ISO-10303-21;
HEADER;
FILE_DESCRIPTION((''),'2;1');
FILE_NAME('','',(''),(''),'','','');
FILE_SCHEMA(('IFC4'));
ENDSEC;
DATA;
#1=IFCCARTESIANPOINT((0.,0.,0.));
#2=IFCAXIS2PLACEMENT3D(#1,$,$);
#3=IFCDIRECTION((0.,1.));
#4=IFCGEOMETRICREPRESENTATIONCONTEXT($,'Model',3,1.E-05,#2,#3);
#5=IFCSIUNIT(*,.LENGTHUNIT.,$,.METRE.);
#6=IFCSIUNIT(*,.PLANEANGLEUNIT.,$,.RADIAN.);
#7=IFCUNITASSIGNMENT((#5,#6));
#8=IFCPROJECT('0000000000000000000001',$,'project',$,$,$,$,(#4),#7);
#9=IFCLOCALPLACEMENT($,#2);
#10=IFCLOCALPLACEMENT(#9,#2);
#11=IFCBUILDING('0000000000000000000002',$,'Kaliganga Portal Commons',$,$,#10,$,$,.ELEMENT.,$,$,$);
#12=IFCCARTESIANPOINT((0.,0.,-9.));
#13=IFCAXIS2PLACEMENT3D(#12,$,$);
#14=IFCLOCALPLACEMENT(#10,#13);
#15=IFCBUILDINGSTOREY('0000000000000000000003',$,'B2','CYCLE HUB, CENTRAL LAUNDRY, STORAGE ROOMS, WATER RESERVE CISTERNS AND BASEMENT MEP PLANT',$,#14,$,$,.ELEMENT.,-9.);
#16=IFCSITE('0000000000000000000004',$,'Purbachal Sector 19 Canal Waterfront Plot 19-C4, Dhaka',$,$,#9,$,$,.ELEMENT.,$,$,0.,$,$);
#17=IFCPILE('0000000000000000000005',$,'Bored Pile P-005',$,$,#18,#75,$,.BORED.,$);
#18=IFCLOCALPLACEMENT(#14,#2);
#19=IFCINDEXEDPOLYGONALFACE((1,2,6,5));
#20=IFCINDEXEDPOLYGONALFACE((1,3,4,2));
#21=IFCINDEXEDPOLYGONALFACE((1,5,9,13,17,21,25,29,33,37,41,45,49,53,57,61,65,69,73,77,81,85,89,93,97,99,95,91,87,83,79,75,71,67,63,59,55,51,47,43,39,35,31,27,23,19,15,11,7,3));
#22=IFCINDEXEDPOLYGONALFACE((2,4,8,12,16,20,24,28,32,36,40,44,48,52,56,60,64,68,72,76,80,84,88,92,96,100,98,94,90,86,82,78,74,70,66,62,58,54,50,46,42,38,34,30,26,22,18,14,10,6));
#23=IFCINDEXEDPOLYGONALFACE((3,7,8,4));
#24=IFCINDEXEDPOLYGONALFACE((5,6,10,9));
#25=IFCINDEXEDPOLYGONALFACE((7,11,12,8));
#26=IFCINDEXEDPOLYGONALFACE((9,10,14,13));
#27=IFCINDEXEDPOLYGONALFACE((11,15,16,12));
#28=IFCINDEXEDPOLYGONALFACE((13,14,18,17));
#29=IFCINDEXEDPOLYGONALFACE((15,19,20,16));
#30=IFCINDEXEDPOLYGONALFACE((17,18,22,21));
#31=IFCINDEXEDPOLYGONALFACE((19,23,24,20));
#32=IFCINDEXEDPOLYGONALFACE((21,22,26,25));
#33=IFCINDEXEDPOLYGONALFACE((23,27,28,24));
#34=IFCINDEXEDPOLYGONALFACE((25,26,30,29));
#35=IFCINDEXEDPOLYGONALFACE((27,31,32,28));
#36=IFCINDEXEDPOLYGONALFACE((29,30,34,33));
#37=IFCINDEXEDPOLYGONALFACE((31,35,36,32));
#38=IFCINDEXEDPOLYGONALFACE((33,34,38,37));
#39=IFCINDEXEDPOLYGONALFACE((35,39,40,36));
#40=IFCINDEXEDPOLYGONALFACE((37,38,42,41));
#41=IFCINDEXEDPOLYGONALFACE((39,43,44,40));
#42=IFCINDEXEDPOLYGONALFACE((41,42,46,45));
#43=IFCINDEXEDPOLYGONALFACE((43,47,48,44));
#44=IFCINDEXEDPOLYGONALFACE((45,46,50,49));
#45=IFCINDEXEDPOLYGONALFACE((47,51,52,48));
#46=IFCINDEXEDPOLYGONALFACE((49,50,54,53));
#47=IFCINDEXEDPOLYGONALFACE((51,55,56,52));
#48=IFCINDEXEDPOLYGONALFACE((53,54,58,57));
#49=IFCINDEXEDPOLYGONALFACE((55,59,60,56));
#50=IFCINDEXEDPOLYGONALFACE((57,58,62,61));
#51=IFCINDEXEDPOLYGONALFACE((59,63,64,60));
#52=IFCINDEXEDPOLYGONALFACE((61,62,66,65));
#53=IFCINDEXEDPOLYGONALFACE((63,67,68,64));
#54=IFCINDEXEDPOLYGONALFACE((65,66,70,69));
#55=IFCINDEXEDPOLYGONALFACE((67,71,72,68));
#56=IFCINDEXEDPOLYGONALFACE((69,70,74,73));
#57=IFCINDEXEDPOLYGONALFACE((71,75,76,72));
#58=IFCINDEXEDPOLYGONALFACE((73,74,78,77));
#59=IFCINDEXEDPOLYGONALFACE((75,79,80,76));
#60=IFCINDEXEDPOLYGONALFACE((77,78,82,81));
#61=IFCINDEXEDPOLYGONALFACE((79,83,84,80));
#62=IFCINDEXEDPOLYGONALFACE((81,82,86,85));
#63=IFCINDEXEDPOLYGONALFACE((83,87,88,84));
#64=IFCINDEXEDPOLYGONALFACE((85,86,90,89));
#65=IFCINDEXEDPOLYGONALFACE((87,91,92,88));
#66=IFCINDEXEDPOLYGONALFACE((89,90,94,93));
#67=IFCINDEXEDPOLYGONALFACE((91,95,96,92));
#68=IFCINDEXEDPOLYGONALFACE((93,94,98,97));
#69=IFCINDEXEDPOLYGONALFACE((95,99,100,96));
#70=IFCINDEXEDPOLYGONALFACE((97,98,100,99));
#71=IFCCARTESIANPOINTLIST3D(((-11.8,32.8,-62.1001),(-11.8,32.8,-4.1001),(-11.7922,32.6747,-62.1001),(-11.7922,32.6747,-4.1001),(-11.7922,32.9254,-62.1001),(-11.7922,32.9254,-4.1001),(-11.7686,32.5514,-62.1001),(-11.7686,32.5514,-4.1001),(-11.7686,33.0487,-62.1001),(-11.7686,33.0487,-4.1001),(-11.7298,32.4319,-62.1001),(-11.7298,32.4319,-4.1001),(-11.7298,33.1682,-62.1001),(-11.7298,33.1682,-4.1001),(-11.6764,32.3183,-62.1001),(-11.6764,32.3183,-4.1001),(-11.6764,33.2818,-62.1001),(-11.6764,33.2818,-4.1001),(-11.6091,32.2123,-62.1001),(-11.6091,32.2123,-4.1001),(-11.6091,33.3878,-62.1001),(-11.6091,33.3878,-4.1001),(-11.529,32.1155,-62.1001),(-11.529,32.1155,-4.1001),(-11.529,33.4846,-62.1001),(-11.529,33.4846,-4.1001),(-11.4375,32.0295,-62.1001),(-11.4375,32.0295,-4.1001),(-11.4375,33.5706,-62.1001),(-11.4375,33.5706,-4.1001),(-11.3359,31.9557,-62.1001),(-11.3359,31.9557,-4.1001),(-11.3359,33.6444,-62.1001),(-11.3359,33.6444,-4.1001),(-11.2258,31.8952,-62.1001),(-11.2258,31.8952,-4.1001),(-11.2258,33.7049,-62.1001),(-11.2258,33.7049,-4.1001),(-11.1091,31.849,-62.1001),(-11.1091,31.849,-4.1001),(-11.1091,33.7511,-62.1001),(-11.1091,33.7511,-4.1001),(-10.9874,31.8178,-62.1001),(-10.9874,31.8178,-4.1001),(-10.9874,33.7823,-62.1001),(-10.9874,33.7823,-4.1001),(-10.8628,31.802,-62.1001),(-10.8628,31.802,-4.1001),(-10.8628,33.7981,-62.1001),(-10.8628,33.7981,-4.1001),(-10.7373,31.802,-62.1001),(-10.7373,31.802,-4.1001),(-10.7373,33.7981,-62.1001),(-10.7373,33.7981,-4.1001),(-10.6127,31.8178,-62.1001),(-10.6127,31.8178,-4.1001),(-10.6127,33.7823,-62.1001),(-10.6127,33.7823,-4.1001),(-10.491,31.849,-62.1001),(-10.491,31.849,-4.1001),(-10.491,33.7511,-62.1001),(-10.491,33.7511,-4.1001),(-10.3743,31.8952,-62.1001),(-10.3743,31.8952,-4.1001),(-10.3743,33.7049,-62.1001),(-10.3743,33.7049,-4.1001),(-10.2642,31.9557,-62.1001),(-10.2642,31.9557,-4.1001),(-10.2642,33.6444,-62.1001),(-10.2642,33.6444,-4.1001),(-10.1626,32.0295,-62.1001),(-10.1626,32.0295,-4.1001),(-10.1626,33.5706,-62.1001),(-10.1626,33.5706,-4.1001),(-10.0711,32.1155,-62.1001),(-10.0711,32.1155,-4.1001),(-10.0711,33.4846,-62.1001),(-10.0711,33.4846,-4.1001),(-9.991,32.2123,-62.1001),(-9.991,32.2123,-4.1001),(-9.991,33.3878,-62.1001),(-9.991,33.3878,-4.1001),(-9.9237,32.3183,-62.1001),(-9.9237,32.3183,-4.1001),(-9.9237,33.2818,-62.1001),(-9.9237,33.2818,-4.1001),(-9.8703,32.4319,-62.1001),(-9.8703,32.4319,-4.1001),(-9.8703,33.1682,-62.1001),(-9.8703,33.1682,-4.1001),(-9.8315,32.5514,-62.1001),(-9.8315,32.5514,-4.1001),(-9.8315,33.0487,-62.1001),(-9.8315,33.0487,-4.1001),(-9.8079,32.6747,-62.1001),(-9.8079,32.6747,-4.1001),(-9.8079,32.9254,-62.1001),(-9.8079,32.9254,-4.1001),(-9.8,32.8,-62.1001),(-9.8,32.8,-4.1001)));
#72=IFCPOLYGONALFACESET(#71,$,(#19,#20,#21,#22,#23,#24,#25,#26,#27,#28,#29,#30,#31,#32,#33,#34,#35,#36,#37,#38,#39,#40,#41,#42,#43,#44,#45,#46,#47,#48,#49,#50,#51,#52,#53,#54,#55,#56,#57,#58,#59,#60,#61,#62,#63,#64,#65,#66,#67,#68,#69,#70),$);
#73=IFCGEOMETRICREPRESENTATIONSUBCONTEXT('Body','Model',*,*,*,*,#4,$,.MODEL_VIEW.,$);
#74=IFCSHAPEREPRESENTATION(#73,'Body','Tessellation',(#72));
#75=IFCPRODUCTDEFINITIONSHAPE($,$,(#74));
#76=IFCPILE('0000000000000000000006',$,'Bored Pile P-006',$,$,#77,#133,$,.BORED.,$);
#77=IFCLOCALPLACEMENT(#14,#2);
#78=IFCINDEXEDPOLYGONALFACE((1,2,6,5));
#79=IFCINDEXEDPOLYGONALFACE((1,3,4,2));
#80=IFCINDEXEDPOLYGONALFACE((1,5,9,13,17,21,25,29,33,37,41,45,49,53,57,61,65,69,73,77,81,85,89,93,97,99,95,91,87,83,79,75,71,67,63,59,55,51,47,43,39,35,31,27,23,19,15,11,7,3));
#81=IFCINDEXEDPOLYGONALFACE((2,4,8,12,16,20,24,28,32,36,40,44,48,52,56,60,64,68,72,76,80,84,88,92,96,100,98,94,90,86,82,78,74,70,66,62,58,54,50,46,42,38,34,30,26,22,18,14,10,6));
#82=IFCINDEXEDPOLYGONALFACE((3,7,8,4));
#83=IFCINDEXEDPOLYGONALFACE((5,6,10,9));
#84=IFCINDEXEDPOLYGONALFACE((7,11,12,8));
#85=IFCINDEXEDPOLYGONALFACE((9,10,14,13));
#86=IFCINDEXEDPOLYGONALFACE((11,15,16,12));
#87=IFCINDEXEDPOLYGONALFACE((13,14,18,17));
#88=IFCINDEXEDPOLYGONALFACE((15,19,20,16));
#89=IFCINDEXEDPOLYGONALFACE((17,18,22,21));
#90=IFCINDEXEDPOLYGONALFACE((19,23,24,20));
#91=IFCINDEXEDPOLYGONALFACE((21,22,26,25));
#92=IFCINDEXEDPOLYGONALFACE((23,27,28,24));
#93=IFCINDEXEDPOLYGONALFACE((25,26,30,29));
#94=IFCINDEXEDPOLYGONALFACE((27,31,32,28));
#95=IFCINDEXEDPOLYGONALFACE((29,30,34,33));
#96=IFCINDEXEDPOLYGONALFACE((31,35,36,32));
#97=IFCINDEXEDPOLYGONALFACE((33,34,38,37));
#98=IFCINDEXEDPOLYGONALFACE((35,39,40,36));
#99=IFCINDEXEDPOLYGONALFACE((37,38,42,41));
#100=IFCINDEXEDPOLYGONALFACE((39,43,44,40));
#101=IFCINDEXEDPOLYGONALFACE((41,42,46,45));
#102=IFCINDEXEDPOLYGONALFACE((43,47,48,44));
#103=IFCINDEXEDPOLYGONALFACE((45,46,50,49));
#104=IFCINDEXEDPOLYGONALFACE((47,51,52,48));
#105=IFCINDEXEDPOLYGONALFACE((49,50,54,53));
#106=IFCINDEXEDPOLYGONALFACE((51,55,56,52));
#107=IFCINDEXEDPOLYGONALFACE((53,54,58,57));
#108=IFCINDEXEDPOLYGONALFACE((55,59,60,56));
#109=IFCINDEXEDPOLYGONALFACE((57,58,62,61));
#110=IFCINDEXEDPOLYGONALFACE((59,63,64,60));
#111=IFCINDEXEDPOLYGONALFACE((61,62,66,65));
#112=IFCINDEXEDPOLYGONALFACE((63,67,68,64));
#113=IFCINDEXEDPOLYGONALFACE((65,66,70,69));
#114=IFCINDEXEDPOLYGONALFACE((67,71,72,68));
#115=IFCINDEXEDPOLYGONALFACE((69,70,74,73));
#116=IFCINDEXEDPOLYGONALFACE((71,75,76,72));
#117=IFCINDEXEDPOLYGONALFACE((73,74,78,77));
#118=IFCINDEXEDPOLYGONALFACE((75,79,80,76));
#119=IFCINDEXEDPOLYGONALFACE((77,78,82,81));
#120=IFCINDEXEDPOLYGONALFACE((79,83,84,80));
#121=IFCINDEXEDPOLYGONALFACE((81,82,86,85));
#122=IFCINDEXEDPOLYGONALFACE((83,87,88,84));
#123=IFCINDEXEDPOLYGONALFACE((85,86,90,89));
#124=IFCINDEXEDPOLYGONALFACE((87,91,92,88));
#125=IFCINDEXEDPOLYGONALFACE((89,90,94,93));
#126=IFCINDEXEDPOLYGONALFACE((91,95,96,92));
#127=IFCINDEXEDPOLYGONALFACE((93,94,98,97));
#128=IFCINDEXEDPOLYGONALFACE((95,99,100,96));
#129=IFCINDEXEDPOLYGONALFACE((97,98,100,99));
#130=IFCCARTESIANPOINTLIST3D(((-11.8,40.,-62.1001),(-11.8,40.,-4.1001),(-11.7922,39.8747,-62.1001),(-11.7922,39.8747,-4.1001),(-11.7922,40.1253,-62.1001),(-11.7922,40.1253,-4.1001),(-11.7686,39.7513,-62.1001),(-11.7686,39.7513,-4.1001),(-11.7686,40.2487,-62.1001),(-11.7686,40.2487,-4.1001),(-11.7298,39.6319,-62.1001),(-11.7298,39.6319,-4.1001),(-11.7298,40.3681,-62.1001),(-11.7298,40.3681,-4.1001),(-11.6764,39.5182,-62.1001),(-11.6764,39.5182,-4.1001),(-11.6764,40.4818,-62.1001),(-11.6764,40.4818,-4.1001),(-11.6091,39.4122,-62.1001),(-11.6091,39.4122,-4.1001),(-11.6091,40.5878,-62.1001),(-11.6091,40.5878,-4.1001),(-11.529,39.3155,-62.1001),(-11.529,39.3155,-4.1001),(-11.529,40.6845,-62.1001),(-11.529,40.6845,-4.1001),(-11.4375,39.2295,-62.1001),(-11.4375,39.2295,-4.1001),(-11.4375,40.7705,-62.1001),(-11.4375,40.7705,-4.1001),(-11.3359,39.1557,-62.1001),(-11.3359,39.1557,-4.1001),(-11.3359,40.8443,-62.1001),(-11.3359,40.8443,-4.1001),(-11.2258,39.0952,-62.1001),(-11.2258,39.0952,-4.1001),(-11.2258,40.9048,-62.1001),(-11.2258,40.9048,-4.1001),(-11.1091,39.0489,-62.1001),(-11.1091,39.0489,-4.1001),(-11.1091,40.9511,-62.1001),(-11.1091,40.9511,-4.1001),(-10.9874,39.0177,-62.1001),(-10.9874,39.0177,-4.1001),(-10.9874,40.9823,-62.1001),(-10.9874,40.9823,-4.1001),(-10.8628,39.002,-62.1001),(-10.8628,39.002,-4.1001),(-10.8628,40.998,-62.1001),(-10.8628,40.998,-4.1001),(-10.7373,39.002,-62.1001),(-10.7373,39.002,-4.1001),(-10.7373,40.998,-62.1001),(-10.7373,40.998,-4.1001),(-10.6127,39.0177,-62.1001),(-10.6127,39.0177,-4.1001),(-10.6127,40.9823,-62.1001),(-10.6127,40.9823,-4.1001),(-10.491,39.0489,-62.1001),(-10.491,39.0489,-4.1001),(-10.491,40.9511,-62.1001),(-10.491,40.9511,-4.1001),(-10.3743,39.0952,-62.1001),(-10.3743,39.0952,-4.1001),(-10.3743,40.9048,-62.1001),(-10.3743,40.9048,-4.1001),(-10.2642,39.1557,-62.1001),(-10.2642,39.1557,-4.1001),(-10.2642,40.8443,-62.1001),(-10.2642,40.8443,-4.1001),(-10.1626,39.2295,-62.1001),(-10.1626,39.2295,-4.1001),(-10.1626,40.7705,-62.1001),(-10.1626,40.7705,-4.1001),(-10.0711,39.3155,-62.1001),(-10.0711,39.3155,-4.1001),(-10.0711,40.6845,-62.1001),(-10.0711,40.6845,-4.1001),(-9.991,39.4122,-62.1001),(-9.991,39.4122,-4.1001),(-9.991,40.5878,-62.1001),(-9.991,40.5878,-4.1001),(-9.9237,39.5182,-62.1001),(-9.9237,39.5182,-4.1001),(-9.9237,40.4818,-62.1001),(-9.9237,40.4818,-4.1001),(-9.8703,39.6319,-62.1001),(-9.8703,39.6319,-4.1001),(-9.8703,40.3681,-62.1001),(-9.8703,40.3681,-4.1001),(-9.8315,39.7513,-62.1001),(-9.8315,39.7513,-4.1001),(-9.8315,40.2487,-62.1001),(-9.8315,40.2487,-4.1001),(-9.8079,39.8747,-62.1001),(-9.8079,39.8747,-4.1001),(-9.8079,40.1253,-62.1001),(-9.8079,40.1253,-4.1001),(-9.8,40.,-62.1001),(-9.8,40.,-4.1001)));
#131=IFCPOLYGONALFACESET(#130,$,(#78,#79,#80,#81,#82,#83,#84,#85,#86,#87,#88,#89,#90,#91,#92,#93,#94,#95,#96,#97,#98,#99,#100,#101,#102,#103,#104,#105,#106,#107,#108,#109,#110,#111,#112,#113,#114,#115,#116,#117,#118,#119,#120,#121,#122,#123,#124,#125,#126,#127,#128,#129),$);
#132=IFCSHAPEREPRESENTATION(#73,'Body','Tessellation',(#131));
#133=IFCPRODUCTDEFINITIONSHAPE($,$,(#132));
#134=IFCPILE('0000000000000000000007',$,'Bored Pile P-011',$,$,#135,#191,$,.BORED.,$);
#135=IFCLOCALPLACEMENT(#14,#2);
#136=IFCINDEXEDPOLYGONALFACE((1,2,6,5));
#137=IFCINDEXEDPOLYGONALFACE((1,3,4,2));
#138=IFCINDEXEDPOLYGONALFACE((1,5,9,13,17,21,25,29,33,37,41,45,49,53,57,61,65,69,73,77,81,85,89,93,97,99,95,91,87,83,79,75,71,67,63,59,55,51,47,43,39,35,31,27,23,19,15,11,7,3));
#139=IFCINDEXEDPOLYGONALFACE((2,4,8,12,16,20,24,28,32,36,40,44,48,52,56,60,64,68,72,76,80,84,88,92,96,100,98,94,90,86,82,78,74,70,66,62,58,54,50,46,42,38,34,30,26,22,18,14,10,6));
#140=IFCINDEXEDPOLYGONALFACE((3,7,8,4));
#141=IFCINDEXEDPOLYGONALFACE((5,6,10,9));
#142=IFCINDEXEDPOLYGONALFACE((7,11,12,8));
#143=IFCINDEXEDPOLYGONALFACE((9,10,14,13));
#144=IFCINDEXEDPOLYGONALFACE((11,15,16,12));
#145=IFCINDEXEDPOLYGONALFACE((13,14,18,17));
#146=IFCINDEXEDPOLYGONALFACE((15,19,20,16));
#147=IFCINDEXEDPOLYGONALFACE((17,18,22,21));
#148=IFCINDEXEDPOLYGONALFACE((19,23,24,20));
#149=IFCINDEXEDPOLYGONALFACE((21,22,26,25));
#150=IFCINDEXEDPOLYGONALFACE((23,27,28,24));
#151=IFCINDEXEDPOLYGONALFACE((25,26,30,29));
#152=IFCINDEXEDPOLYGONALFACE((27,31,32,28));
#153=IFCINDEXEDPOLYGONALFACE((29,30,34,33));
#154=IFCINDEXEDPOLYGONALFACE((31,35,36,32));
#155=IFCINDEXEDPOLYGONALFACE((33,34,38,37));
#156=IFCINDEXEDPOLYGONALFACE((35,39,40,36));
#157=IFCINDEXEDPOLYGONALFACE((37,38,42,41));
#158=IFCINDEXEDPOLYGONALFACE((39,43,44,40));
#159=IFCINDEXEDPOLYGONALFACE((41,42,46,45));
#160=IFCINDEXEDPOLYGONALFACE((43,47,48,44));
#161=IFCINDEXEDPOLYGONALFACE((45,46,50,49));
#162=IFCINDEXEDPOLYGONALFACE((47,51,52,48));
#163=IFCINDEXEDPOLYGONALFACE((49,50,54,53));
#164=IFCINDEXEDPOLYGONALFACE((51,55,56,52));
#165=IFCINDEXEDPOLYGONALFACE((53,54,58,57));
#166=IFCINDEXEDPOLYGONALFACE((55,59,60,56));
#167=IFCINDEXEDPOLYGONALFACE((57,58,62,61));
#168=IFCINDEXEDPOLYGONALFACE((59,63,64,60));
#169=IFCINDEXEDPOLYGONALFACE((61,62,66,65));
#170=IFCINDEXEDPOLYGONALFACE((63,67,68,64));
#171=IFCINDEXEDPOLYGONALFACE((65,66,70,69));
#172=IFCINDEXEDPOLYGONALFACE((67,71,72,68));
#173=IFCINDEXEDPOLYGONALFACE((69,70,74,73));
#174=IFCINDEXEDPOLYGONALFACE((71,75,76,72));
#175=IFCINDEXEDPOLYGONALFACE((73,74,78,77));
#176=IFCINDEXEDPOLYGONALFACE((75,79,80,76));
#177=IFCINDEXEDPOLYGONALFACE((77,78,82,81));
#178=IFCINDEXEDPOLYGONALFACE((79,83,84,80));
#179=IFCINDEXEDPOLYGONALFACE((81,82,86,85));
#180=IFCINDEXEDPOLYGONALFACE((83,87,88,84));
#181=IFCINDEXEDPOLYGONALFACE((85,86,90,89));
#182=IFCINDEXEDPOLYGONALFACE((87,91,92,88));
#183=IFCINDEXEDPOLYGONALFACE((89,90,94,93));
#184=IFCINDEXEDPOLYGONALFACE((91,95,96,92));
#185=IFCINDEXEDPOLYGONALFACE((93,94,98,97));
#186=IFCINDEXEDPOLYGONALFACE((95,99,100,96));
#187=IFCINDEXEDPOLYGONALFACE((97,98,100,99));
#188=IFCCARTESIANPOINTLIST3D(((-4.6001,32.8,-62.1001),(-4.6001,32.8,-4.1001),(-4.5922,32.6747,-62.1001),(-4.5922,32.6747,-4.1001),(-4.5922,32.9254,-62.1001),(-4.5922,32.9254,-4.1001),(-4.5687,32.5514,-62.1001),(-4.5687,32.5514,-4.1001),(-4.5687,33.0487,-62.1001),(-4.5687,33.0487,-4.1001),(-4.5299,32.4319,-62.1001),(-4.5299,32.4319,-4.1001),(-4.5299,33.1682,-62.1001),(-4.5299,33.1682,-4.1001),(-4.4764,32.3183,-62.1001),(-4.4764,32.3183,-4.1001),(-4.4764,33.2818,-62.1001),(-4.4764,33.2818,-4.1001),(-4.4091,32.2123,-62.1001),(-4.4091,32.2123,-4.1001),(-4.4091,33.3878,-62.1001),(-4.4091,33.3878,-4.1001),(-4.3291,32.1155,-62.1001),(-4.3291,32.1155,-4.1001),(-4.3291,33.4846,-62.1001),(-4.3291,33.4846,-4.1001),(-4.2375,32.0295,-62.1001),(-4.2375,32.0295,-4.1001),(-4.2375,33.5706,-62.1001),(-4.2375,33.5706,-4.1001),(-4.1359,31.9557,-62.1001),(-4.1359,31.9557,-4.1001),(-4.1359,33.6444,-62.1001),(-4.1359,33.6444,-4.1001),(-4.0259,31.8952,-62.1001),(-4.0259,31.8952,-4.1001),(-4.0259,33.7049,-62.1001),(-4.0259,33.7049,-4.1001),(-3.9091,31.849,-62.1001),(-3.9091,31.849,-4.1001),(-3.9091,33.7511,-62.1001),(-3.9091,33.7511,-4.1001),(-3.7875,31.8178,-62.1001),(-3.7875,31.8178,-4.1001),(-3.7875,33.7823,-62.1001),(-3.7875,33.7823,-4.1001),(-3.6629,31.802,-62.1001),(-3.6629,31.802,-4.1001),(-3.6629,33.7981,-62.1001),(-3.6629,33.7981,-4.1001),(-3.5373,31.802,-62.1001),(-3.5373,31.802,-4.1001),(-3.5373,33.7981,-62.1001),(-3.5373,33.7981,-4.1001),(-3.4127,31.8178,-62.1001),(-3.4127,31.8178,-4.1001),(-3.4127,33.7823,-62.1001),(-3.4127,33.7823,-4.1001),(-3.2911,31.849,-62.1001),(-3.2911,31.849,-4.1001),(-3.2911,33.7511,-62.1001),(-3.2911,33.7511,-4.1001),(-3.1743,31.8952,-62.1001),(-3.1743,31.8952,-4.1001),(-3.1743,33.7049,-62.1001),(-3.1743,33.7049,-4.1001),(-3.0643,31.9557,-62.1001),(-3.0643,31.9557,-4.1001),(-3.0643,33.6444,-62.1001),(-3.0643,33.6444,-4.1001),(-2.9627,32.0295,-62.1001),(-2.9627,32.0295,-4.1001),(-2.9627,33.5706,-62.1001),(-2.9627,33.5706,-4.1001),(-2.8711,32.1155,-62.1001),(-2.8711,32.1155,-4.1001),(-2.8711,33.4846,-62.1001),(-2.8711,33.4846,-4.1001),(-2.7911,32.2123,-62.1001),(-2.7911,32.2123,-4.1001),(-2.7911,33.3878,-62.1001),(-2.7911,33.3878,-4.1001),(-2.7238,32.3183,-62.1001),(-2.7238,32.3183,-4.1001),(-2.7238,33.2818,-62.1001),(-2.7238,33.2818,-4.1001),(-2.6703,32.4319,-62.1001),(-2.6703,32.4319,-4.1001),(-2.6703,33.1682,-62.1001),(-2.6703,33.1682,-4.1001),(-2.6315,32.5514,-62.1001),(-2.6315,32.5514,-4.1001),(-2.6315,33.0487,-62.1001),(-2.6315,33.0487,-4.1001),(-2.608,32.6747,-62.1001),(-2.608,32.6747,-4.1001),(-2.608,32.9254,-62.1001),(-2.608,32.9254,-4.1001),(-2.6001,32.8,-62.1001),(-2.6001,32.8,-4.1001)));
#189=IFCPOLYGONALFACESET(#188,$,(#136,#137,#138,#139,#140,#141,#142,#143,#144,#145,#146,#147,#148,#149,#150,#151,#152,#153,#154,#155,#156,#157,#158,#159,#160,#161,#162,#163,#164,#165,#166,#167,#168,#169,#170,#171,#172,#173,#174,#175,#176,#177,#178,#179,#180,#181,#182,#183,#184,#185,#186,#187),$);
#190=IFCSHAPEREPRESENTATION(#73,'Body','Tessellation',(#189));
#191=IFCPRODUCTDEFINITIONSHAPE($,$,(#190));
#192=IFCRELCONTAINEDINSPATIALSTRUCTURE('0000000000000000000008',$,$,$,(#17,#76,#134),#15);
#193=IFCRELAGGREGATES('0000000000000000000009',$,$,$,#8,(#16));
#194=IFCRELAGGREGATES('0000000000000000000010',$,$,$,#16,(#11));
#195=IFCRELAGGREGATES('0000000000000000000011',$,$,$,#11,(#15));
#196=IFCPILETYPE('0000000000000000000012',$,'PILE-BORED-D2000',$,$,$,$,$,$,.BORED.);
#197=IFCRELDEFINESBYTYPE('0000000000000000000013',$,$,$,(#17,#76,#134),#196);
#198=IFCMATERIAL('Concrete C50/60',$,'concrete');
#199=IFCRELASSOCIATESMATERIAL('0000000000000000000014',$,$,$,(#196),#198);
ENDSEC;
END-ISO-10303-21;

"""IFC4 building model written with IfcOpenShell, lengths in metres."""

from ifc_helpers import new_model, si_unit, direction, frame, origin, origin_2d, place, context, subcontext, project, spatial, circle, extrude, material, material_profile, profile_set, type_object, element, save


model = new_model("IFC4")

# Units and contexts
model_context = context("Model", 3, precision=1e-05, world=origin(), true_north=direction((0.0, 1.0)))
body_context = subcontext(model_context, "Body", "Model", "MODEL_VIEW")
ifc_project = project(units=[si_unit("LENGTHUNIT", "METRE"), si_unit("PLANEANGLEUNIT", "RADIAN")], contexts=[model_context])

# Site, building, storey
site_placement = place(None, origin())
site = spatial("IfcSite", under=ifc_project, at=site_placement, Name="Purbachal Sector 19 Canal Waterfront Plot 19-C4, Dhaka", CompositionType="ELEMENT", RefElevation=0.0)
building_placement = place(site_placement, origin())
building = spatial("IfcBuilding", under=site, at=building_placement, Name="Kaliganga Portal Commons", CompositionType="ELEMENT")
storey_placement = place(building_placement, frame((0.0, 0.0, -9.0)))
storey = spatial("IfcBuildingStorey", under=building, at=storey_placement, Name="B2", Description="CYCLE HUB, CENTRAL LAUNDRY, STORAGE ROOMS, WATER RESERVE CISTERNS AND BASEMENT MEP PLANT", CompositionType="ELEMENT", Elevation=-9.0)

# Piles
ifc_material_1 = material(Name="Concrete C50/60", Category="concrete")
ifc_material_profile_1 = material_profile(ifc_material_1, circle(Radius=1.0, at=origin_2d()), Name="PILE D2000")
ifc_profile_set_1 = profile_set([ifc_material_profile_1], Name="Concrete C50/60")
pile_type = type_object("IfcPileType", Name="PILE-BORED-D2000", PredefinedType="BORED", material=ifc_profile_set_1)
for number, where, z_axis, x_axis, name in (
    (1, (-10.8, 32.8, -4.1001), (0.0, 0.0, -1.0), (1.0, 0.0, 0.0), "Bored Pile P-005"),
    (2, (-10.8, 40.0, -4.1001), (0.0, 0.0, -1.0), (1.0, 0.0, 0.0), "Bored Pile P-006"),
    (3, (-3.6001, 32.8, -4.1001), (0.0, 0.0, -1.0), (1.0, 0.0, 0.0), "Bored Pile P-011"),
):
    element("IfcPile", number, at=place(storey_placement, frame(where, z_axis=z_axis, x_axis=x_axis)), inside=storey, type_object=pile_type, Name=name, PredefinedType="BORED", context=body_context, shape_type="SweptSolid", body=[
        extrude(circle(Radius=1.0, at=origin_2d()), origin(), (0.0, 0.0, 1.0), 58.0),
    ])

save(model, "model.ifc")
